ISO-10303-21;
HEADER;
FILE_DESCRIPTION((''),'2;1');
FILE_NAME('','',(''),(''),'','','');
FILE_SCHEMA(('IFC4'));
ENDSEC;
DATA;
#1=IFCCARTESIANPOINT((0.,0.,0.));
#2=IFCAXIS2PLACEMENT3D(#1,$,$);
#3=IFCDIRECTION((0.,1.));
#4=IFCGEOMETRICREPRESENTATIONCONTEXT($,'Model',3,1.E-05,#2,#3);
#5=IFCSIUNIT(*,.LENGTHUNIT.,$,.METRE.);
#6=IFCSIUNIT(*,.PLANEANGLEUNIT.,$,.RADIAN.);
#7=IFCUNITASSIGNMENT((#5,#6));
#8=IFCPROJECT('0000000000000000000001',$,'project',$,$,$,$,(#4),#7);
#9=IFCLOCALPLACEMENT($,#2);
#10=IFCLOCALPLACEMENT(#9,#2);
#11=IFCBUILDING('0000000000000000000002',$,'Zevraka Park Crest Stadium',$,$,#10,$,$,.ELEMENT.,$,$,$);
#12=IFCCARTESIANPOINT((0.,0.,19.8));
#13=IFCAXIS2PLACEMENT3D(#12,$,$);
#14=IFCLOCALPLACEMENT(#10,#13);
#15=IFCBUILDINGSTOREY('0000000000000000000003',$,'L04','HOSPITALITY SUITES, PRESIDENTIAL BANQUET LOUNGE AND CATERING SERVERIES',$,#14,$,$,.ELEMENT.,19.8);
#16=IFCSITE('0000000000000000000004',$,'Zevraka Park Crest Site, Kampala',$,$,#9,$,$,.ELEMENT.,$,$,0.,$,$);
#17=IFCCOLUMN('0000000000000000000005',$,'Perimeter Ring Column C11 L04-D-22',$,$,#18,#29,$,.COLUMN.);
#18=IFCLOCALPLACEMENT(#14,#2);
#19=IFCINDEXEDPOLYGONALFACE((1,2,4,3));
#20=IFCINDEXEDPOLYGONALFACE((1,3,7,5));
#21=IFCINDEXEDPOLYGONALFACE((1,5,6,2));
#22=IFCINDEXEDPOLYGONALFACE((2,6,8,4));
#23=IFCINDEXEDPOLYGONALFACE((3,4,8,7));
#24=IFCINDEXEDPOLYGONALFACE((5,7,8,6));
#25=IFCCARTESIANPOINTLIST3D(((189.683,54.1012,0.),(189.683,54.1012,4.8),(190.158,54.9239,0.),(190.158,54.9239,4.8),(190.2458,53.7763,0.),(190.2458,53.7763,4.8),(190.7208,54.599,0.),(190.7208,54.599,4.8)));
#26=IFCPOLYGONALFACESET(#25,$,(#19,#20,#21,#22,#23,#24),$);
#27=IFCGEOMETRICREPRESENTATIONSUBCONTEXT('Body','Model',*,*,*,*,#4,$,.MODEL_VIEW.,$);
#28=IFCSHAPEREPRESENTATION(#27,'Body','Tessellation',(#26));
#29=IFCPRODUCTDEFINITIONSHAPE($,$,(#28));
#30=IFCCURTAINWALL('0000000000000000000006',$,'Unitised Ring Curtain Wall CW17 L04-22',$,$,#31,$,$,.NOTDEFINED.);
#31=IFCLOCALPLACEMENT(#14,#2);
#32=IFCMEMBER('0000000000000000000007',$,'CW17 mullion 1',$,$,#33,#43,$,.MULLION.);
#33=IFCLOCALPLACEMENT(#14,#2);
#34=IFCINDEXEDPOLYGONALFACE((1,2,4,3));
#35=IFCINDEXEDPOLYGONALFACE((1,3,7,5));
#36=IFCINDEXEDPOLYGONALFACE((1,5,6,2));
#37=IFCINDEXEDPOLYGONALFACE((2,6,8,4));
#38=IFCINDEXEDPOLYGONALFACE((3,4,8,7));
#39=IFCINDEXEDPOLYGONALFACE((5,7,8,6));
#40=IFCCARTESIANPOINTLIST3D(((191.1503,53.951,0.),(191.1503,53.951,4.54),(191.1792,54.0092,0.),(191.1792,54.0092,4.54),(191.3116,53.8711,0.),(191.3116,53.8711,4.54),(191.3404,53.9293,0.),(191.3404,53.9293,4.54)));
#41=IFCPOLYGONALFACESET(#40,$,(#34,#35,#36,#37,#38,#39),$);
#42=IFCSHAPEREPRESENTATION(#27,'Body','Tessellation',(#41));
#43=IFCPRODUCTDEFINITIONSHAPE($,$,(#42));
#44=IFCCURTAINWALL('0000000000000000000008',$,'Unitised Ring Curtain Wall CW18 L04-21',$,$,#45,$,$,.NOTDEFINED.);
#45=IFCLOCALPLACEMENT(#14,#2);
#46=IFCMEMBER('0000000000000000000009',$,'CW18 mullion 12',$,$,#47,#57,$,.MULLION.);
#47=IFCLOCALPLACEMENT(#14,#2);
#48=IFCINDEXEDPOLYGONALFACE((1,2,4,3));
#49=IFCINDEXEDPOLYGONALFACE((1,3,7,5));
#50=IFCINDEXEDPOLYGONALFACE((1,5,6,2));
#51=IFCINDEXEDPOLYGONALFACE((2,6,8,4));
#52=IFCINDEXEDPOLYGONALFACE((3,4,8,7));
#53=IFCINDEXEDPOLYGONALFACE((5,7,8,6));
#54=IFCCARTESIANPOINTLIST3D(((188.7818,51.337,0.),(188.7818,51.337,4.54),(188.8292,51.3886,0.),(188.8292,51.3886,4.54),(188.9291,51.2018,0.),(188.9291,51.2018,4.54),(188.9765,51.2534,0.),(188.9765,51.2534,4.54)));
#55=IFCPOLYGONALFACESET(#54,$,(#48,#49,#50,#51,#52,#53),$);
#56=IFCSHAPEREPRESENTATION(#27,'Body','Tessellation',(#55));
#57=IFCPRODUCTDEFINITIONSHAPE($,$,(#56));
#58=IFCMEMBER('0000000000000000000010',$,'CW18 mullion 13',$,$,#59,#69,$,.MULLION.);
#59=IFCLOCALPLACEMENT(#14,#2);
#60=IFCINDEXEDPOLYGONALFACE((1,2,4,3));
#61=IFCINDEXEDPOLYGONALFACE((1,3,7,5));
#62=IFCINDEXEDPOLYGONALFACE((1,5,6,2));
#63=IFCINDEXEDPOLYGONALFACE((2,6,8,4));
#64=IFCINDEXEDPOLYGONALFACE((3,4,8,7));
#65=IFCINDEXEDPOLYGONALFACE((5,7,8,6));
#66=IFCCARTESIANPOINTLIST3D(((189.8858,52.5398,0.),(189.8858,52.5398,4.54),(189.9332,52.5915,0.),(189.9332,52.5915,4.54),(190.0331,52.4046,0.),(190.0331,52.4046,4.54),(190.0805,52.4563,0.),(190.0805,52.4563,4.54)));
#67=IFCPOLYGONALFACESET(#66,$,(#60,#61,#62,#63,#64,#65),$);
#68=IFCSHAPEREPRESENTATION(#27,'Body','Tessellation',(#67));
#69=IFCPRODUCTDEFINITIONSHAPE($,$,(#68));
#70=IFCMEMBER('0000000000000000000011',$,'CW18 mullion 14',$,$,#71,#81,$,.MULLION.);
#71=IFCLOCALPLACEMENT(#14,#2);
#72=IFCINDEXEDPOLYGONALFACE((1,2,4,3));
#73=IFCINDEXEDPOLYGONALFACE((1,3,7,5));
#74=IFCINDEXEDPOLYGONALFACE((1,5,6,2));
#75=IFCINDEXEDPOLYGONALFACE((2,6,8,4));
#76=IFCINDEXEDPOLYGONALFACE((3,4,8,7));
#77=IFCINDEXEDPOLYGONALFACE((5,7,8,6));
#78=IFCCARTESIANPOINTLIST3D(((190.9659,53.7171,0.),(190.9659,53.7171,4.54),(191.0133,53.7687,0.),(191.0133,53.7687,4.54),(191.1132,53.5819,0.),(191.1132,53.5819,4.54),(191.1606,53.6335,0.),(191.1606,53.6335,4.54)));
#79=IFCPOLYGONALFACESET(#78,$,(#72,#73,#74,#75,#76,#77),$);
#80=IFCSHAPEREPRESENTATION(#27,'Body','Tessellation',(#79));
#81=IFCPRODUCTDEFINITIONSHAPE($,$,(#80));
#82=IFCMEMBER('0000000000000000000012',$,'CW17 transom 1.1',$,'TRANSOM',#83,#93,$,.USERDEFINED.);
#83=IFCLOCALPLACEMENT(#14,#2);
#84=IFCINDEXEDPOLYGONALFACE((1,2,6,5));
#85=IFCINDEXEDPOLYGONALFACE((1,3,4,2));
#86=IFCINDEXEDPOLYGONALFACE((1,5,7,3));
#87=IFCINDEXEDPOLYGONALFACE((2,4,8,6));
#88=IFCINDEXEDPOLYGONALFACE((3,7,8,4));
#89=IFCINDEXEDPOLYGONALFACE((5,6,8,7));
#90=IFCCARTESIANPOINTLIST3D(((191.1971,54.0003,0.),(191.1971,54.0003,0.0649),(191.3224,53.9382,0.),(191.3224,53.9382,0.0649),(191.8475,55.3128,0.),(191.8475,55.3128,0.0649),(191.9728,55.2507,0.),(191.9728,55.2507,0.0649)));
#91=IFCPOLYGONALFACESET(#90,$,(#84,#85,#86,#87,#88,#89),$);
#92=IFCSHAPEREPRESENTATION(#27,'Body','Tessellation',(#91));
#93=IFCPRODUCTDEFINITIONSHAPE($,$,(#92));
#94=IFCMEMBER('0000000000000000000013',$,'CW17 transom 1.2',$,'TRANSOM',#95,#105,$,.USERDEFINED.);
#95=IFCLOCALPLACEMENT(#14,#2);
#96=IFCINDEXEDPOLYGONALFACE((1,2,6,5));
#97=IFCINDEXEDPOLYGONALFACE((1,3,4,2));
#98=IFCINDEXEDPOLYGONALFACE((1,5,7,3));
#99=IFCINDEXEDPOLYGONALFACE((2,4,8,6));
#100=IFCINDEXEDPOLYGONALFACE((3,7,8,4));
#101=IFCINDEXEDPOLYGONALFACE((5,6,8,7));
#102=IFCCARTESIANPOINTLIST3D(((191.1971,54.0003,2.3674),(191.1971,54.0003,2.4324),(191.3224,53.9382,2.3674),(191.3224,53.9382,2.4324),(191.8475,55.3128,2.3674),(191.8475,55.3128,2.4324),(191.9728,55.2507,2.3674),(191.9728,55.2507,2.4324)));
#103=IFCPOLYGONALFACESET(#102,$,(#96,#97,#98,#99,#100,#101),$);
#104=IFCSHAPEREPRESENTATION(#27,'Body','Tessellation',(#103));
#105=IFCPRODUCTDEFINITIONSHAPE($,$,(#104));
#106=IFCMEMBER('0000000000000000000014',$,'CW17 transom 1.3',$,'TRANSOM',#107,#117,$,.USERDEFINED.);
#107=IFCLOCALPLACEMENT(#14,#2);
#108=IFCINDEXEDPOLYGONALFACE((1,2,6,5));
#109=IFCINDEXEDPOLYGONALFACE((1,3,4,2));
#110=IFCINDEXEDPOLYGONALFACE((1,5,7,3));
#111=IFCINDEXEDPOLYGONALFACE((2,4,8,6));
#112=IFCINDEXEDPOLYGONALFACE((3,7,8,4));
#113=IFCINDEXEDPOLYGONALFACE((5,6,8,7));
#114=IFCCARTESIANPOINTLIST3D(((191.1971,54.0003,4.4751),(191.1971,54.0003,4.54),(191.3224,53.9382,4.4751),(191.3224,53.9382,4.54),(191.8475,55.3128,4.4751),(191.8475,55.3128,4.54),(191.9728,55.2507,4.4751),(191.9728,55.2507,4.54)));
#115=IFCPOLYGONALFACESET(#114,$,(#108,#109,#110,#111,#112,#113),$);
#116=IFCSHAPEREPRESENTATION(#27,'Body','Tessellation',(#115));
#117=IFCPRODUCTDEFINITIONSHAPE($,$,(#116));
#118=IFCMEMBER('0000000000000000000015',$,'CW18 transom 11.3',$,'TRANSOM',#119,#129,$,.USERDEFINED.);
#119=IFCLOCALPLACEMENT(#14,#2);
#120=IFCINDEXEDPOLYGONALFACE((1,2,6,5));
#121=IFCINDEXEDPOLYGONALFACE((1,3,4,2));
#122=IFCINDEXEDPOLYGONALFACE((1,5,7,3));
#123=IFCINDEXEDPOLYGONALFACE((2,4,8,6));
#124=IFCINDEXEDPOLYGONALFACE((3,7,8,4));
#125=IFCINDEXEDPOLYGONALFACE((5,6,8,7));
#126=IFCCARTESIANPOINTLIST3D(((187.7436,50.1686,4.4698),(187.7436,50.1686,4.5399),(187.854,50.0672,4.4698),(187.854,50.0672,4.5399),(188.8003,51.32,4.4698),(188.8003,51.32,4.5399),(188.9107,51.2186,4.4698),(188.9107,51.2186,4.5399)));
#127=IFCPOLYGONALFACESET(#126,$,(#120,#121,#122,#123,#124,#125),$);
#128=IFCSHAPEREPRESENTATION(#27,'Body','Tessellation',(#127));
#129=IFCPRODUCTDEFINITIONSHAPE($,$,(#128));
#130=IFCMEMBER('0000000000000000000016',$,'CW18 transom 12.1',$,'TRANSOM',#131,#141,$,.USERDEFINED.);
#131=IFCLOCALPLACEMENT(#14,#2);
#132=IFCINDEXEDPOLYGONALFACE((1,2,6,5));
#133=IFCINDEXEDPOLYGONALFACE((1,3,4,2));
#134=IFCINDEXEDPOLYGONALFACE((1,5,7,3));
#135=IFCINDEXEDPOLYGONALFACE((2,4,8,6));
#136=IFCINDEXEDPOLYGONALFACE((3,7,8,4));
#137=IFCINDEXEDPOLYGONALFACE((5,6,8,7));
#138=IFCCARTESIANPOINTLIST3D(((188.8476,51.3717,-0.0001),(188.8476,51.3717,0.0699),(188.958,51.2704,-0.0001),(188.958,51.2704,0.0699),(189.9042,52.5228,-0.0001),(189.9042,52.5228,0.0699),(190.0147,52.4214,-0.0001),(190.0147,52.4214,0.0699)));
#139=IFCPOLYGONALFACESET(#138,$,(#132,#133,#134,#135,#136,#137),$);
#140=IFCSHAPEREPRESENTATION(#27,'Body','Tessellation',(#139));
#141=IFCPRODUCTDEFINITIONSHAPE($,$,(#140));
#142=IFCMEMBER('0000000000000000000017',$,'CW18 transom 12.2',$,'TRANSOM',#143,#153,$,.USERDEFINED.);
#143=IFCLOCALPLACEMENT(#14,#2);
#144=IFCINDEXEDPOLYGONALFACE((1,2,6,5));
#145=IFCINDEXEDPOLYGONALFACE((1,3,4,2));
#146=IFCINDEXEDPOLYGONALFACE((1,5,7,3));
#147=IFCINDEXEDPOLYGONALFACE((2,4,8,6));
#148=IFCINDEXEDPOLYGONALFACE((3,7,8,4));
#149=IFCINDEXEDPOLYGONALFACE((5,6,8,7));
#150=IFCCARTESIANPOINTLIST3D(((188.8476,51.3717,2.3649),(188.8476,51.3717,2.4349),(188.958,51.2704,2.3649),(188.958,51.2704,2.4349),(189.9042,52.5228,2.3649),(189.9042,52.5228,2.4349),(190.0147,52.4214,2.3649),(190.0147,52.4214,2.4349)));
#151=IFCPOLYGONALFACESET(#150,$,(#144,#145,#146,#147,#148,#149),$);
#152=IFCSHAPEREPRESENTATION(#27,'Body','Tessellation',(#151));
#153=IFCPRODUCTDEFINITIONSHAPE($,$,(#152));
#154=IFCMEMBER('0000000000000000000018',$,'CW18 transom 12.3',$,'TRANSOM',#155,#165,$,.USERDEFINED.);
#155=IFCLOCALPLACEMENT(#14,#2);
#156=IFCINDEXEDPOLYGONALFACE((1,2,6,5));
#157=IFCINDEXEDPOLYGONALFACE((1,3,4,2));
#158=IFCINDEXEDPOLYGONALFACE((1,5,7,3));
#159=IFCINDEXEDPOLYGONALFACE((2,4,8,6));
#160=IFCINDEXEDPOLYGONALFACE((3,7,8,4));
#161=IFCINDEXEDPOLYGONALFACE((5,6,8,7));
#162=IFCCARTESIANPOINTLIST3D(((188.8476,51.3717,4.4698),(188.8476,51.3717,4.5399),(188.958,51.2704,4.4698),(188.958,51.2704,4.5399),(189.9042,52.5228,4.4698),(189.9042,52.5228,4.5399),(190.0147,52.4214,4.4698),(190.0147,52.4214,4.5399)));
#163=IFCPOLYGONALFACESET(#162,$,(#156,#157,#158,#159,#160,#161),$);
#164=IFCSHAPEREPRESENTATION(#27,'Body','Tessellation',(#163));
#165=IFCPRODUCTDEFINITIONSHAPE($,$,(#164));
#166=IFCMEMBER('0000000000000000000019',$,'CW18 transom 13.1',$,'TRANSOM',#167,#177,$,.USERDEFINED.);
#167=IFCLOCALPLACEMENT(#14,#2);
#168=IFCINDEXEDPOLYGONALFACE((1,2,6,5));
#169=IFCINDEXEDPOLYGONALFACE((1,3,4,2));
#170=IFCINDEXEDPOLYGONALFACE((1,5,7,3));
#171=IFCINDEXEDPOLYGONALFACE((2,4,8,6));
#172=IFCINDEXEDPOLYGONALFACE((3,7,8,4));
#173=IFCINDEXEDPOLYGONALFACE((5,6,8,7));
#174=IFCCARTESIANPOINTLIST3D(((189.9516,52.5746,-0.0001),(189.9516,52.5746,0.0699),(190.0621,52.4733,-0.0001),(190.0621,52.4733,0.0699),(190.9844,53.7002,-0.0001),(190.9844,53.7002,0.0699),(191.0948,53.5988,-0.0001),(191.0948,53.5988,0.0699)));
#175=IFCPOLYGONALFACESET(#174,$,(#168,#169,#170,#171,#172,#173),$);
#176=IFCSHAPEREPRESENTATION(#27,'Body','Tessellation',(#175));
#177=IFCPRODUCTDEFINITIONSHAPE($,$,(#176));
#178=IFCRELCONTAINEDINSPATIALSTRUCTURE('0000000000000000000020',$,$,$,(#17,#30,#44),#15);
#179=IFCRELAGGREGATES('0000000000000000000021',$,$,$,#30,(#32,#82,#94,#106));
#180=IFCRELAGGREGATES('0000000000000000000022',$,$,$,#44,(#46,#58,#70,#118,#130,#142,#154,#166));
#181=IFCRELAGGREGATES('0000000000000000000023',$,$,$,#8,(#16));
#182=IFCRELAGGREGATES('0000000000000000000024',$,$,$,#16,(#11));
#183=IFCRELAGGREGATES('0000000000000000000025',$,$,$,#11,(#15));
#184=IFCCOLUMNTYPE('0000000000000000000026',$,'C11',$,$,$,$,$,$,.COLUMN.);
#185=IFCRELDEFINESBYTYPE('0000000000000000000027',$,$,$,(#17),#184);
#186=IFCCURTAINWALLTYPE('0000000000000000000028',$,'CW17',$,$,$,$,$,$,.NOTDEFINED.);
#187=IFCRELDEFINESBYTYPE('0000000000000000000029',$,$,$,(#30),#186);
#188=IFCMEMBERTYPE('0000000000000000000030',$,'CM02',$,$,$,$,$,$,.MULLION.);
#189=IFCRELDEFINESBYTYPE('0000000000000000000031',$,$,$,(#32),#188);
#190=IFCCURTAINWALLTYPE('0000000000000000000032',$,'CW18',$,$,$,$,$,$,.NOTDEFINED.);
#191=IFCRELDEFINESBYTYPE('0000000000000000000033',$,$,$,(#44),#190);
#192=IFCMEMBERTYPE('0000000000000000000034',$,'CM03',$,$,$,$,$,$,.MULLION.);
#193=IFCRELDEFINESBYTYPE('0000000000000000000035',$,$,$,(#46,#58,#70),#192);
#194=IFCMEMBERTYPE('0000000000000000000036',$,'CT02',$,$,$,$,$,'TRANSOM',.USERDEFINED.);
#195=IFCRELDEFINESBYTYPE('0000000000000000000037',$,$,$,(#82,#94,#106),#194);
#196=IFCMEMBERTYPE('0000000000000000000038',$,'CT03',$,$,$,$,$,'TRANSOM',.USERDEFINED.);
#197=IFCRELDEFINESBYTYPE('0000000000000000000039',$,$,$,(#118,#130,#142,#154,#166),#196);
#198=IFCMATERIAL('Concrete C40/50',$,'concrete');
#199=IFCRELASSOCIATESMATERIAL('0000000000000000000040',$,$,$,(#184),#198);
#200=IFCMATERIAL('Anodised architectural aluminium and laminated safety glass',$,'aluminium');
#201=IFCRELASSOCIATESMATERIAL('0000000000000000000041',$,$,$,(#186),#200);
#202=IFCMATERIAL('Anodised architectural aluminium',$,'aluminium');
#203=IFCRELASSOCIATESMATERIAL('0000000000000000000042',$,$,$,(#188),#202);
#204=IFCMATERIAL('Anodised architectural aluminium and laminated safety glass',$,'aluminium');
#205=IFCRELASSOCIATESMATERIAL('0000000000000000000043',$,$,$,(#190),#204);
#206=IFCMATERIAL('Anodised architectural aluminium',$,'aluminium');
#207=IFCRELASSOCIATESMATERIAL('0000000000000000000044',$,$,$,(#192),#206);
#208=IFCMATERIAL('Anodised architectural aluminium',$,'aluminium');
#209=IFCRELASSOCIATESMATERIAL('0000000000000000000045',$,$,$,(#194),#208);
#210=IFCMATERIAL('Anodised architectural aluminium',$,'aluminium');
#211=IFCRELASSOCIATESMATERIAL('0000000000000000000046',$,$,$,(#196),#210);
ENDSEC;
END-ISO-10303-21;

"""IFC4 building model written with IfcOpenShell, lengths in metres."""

from ifc_helpers import new_model, si_unit, direction, frame, origin, origin_2d, place, context, subcontext, project, spatial, rectangle, extrude, material, material_profile, profile_set, type_object, element, aggregate, save


model = new_model("IFC4")

# Units and contexts
model_context = context("Model", 3, precision=1e-05, world=origin(), true_north=direction((0.0, 1.0)))
body_context = subcontext(model_context, "Body", "Model", "MODEL_VIEW")
ifc_project = project(units=[si_unit("LENGTHUNIT", "METRE"), si_unit("PLANEANGLEUNIT", "RADIAN")], contexts=[model_context])

# Site, building, storey
site_placement = place(None, origin())
site = spatial("IfcSite", under=ifc_project, at=site_placement, Name="Zevraka Park Crest Site, Kampala", CompositionType="ELEMENT", RefElevation=0.0)
building_placement = place(site_placement, origin())
building = spatial("IfcBuilding", under=site, at=building_placement, Name="Zevraka Park Crest Stadium", CompositionType="ELEMENT")
storey_placement = place(building_placement, frame((0.0, 0.0, 19.8)))
storey = spatial("IfcBuildingStorey", under=building, at=storey_placement, Name="L04", Description="HOSPITALITY SUITES, PRESIDENTIAL BANQUET LOUNGE AND CATERING SERVERIES", CompositionType="ELEMENT", Elevation=19.8)

# Column
ifc_material_1 = material(Name="Concrete C40/50", Category="concrete")
ifc_material_profile_1 = material_profile(ifc_material_1, rectangle(XDim=0.6499, YDim=0.95, at=origin_2d()), Name="RC 950x650")
ifc_profile_set_1 = profile_set([ifc_material_profile_1], Name="Concrete C40/50")
column_type = type_object("IfcColumnType", Name="C11", PredefinedType="COLUMN", material=ifc_profile_set_1)
column_placement = place(storey_placement, frame((190.2019, 54.3501, 0.0), z_axis=(0.0, 0.0, 1.0), x_axis=(-0.866025, 0.5, 0.0)))
element("IfcColumn", 1, at=column_placement, inside=storey, type_object=column_type, Name="Perimeter Ring Column C11 L04-D-22", PredefinedType="COLUMN", context=body_context, shape_type="SweptSolid", body=[
    extrude(rectangle(XDim=0.6499, YDim=0.95, at=origin_2d()), origin(), (0.0, 0.0, 1.0), 4.8),
])

# Curtain wall, member
ifc_material_2 = material(Name="Anodised architectural aluminium and laminated safety glass", Category="aluminium")
curtain_wall_type_1 = type_object("IfcCurtainWallType", Name="CW17", PredefinedType="NOTDEFINED", material=ifc_material_2)
curtain_wall_1_placement = place(storey_placement, origin())
curtain_wall_1 = element("IfcCurtainWall", 2, at=curtain_wall_1_placement, inside=storey, type_object=curtain_wall_type_1, Name="Unitised Ring Curtain Wall CW17 L04-22", PredefinedType="NOTDEFINED")
ifc_material_3 = material(Name="Anodised architectural aluminium", Category="aluminium")
ifc_material_profile_2 = material_profile(ifc_material_3, rectangle(XDim=0.1799, YDim=0.0649, at=origin_2d()), Name="ALU MULLION 180x65")
ifc_profile_set_2 = profile_set([ifc_material_profile_2], Name="Anodised architectural aluminium")
member_type_1 = type_object("IfcMemberType", Name="CM02", PredefinedType="MULLION", material=ifc_profile_set_2)
member_1_placement = place(storey_placement, frame((191.2454, 53.9402, 0.0), z_axis=(0.0, 0.0, 1.0), x_axis=(-0.896046, 0.443961, 0.0)))
member_1 = element("IfcMember", 3, at=member_1_placement, type_object=member_type_1, Name="CW17 mullion 1", PredefinedType="MULLION", context=body_context, shape_type="SweptSolid", body=[
    extrude(rectangle(XDim=0.1799, YDim=0.0649, at=origin_2d()), origin(), (0.0, 0.0, 1.0), 4.54),
])

# Curtain wall, members
ifc_material_4 = material(Name="Anodised architectural aluminium and laminated safety glass", Category="aluminium")
curtain_wall_type_2 = type_object("IfcCurtainWallType", Name="CW18", PredefinedType="NOTDEFINED", material=ifc_material_4)
curtain_wall_2_placement = place(storey_placement, origin())
curtain_wall_2 = element("IfcCurtainWall", 4, at=curtain_wall_2_placement, inside=storey, type_object=curtain_wall_type_2, Name="Unitised Ring Curtain Wall CW18 L04-21", PredefinedType="NOTDEFINED")
ifc_material_5 = material(Name="Anodised architectural aluminium", Category="aluminium")
ifc_material_profile_3 = material_profile(ifc_material_5, rectangle(XDim=0.2, YDim=0.0701, at=origin_2d()), Name="ALU MULLION 200x70")
ifc_profile_set_3 = profile_set([ifc_material_profile_3], Name="Anodised architectural aluminium")
member_type_2 = type_object("IfcMemberType", Name="CM03", PredefinedType="MULLION", material=ifc_profile_set_3)
member_2_placement = place(storey_placement, frame((188.8792, 51.2952, 0.0), z_axis=(0.0, 0.0, 1.0), x_axis=(-0.736775, 0.676138, 0.0)))
member_2 = element("IfcMember", 5, at=member_2_placement, type_object=member_type_2, Name="CW18 mullion 12", PredefinedType="MULLION", context=body_context, shape_type="SweptSolid", body=[
    extrude(rectangle(XDim=0.2, YDim=0.0701, at=origin_2d()), origin(), (0.0, 0.0, 1.0), 4.54),
])
member_3_placement = place(storey_placement, frame((189.9832, 52.498, 0.0), z_axis=(0.0, 0.0, 1.0), x_axis=(-0.736775, 0.676138, 0.0)))
member_3 = element("IfcMember", 6, at=member_3_placement, type_object=member_type_2, Name="CW18 mullion 13", PredefinedType="MULLION", context=body_context, shape_type="SweptSolid", body=[
    extrude(rectangle(XDim=0.2, YDim=0.0701, at=origin_2d()), origin(), (0.0, 0.0, 1.0), 4.54),
])
member_4_placement = place(storey_placement, frame((191.0632, 53.6753, 0.0), z_axis=(0.0, 0.0, 1.0), x_axis=(-0.736775, 0.676138, 0.0)))
member_4 = element("IfcMember", 7, at=member_4_placement, type_object=member_type_2, Name="CW18 mullion 14", PredefinedType="MULLION", context=body_context, shape_type="SweptSolid", body=[
    extrude(rectangle(XDim=0.2, YDim=0.0701, at=origin_2d()), origin(), (0.0, 0.0, 1.0), 4.54),
])

# Members
ifc_material_6 = material(Name="Anodised architectural aluminium", Category="aluminium")
ifc_material_profile_4 = material_profile(ifc_material_6, rectangle(XDim=0.1399, YDim=0.0649, at=origin_2d()), Name="ALU TRANSOM 140x65")
ifc_profile_set_4 = profile_set([ifc_material_profile_4], Name="Anodised architectural aluminium")
member_type_3 = type_object("IfcMemberType", Name="CT02", ElementType="TRANSOM", PredefinedType="USERDEFINED", material=ifc_profile_set_4)
member_5_placement = place(storey_placement, frame((191.2598, 53.9692, 0.0325), z_axis=(0.444011, 0.896022, 0.0), x_axis=(-0.896022, 0.444011, 0.0)))
member_5 = element("IfcMember", 8, at=member_5_placement, type_object=member_type_3, Name="CW17 transom 1.1", ObjectType="TRANSOM", PredefinedType="USERDEFINED", context=body_context, shape_type="SweptSolid", body=[
    extrude(rectangle(XDim=0.1399, YDim=0.0649, at=origin_2d()), origin(), (0.0, 0.0, 1.0), 1.4648),
])
member_6_placement = place(storey_placement, frame((191.2598, 53.9692, 2.3999), z_axis=(0.444011, 0.896022, 0.0), x_axis=(-0.896022, 0.444011, 0.0)))
member_6 = element("IfcMember", 9, at=member_6_placement, type_object=member_type_3, Name="CW17 transom 1.2", ObjectType="TRANSOM", PredefinedType="USERDEFINED", context=body_context, shape_type="SweptSolid", body=[
    extrude(rectangle(XDim=0.1399, YDim=0.0649, at=origin_2d()), origin(), (0.0, 0.0, 1.0), 1.4648),
])
member_7_placement = place(storey_placement, frame((191.2598, 53.9692, 4.5076), z_axis=(0.444011, 0.896022, 0.0), x_axis=(-0.896022, 0.444011, 0.0)))
member_7 = element("IfcMember", 10, at=member_7_placement, type_object=member_type_3, Name="CW17 transom 1.3", ObjectType="TRANSOM", PredefinedType="USERDEFINED", context=body_context, shape_type="SweptSolid", body=[
    extrude(rectangle(XDim=0.1399, YDim=0.0649, at=origin_2d()), origin(), (0.0, 0.0, 1.0), 1.4648),
])
aggregate(curtain_wall_1, [member_1, member_5, member_6, member_7])
ifc_material_7 = material(Name="Anodised architectural aluminium", Category="aluminium")
ifc_material_profile_5 = material_profile(ifc_material_7, rectangle(XDim=0.1499, YDim=0.0701, at=origin_2d()), Name="ALU TRANSOM 150x70")
ifc_profile_set_5 = profile_set([ifc_material_profile_5], Name="Anodised architectural aluminium")
member_type_4 = type_object("IfcMemberType", Name="CT03", ElementType="TRANSOM", PredefinedType="USERDEFINED", material=ifc_profile_set_5)
member_8_placement = place(storey_placement, frame((187.7988, 50.1179, 4.5049), z_axis=(0.676149, 0.736765, 0.0), x_axis=(-0.736765, 0.676149, 0.0)))
member_8 = element("IfcMember", 11, at=member_8_placement, type_object=member_type_4, Name="CW18 transom 11.3", ObjectType="TRANSOM", PredefinedType="USERDEFINED", context=body_context, shape_type="SweptSolid", body=[
    extrude(rectangle(XDim=0.1499, YDim=0.0701, at=origin_2d()), origin(), (0.0, 0.0, 1.0), 1.5627),
])
member_9_placement = place(storey_placement, frame((188.9028, 51.321, 0.0349), z_axis=(0.676227, 0.736693, 0.0), x_axis=(-0.736693, 0.676227, 0.0)))
member_9 = element("IfcMember", 12, at=member_9_placement, type_object=member_type_4, Name="CW18 transom 12.1", ObjectType="TRANSOM", PredefinedType="USERDEFINED", context=body_context, shape_type="SweptSolid", body=[
    extrude(rectangle(XDim=0.1499, YDim=0.0701, at=origin_2d()), origin(), (0.0, 0.0, 1.0), 1.5625),
])
member_10_placement = place(storey_placement, frame((188.9028, 51.321, 2.3999), z_axis=(0.676227, 0.736693, 0.0), x_axis=(-0.736693, 0.676227, 0.0)))
member_10 = element("IfcMember", 13, at=member_10_placement, type_object=member_type_4, Name="CW18 transom 12.2", ObjectType="TRANSOM", PredefinedType="USERDEFINED", context=body_context, shape_type="SweptSolid", body=[
    extrude(rectangle(XDim=0.1499, YDim=0.0701, at=origin_2d()), origin(), (0.0, 0.0, 1.0), 1.5625),
])
member_11_placement = place(storey_placement, frame((188.9028, 51.321, 4.5049), z_axis=(0.676227, 0.736693, 0.0), x_axis=(-0.736693, 0.676227, 0.0)))
member_11 = element("IfcMember", 14, at=member_11_placement, type_object=member_type_4, Name="CW18 transom 12.3", ObjectType="TRANSOM", PredefinedType="USERDEFINED", context=body_context, shape_type="SweptSolid", body=[
    extrude(rectangle(XDim=0.1499, YDim=0.0701, at=origin_2d()), origin(), (0.0, 0.0, 1.0), 1.5625),
])
member_12_placement = place(storey_placement, frame((190.0068, 52.5239, 0.0349), z_axis=(0.676086, 0.736822, 0.0), x_axis=(-0.736822, 0.676086, 0.0)))
member_12 = element("IfcMember", 15, at=member_12_placement, type_object=member_type_4, Name="CW18 transom 13.1", ObjectType="TRANSOM", PredefinedType="USERDEFINED", context=body_context, shape_type="SweptSolid", body=[
    extrude(rectangle(XDim=0.1499, YDim=0.0701, at=origin_2d()), origin(), (0.0, 0.0, 1.0), 1.5276),
])

aggregate(curtain_wall_2, [member_2, member_3, member_4, member_8, member_9, member_10, member_11, member_12])

save(model, "model.ifc")
